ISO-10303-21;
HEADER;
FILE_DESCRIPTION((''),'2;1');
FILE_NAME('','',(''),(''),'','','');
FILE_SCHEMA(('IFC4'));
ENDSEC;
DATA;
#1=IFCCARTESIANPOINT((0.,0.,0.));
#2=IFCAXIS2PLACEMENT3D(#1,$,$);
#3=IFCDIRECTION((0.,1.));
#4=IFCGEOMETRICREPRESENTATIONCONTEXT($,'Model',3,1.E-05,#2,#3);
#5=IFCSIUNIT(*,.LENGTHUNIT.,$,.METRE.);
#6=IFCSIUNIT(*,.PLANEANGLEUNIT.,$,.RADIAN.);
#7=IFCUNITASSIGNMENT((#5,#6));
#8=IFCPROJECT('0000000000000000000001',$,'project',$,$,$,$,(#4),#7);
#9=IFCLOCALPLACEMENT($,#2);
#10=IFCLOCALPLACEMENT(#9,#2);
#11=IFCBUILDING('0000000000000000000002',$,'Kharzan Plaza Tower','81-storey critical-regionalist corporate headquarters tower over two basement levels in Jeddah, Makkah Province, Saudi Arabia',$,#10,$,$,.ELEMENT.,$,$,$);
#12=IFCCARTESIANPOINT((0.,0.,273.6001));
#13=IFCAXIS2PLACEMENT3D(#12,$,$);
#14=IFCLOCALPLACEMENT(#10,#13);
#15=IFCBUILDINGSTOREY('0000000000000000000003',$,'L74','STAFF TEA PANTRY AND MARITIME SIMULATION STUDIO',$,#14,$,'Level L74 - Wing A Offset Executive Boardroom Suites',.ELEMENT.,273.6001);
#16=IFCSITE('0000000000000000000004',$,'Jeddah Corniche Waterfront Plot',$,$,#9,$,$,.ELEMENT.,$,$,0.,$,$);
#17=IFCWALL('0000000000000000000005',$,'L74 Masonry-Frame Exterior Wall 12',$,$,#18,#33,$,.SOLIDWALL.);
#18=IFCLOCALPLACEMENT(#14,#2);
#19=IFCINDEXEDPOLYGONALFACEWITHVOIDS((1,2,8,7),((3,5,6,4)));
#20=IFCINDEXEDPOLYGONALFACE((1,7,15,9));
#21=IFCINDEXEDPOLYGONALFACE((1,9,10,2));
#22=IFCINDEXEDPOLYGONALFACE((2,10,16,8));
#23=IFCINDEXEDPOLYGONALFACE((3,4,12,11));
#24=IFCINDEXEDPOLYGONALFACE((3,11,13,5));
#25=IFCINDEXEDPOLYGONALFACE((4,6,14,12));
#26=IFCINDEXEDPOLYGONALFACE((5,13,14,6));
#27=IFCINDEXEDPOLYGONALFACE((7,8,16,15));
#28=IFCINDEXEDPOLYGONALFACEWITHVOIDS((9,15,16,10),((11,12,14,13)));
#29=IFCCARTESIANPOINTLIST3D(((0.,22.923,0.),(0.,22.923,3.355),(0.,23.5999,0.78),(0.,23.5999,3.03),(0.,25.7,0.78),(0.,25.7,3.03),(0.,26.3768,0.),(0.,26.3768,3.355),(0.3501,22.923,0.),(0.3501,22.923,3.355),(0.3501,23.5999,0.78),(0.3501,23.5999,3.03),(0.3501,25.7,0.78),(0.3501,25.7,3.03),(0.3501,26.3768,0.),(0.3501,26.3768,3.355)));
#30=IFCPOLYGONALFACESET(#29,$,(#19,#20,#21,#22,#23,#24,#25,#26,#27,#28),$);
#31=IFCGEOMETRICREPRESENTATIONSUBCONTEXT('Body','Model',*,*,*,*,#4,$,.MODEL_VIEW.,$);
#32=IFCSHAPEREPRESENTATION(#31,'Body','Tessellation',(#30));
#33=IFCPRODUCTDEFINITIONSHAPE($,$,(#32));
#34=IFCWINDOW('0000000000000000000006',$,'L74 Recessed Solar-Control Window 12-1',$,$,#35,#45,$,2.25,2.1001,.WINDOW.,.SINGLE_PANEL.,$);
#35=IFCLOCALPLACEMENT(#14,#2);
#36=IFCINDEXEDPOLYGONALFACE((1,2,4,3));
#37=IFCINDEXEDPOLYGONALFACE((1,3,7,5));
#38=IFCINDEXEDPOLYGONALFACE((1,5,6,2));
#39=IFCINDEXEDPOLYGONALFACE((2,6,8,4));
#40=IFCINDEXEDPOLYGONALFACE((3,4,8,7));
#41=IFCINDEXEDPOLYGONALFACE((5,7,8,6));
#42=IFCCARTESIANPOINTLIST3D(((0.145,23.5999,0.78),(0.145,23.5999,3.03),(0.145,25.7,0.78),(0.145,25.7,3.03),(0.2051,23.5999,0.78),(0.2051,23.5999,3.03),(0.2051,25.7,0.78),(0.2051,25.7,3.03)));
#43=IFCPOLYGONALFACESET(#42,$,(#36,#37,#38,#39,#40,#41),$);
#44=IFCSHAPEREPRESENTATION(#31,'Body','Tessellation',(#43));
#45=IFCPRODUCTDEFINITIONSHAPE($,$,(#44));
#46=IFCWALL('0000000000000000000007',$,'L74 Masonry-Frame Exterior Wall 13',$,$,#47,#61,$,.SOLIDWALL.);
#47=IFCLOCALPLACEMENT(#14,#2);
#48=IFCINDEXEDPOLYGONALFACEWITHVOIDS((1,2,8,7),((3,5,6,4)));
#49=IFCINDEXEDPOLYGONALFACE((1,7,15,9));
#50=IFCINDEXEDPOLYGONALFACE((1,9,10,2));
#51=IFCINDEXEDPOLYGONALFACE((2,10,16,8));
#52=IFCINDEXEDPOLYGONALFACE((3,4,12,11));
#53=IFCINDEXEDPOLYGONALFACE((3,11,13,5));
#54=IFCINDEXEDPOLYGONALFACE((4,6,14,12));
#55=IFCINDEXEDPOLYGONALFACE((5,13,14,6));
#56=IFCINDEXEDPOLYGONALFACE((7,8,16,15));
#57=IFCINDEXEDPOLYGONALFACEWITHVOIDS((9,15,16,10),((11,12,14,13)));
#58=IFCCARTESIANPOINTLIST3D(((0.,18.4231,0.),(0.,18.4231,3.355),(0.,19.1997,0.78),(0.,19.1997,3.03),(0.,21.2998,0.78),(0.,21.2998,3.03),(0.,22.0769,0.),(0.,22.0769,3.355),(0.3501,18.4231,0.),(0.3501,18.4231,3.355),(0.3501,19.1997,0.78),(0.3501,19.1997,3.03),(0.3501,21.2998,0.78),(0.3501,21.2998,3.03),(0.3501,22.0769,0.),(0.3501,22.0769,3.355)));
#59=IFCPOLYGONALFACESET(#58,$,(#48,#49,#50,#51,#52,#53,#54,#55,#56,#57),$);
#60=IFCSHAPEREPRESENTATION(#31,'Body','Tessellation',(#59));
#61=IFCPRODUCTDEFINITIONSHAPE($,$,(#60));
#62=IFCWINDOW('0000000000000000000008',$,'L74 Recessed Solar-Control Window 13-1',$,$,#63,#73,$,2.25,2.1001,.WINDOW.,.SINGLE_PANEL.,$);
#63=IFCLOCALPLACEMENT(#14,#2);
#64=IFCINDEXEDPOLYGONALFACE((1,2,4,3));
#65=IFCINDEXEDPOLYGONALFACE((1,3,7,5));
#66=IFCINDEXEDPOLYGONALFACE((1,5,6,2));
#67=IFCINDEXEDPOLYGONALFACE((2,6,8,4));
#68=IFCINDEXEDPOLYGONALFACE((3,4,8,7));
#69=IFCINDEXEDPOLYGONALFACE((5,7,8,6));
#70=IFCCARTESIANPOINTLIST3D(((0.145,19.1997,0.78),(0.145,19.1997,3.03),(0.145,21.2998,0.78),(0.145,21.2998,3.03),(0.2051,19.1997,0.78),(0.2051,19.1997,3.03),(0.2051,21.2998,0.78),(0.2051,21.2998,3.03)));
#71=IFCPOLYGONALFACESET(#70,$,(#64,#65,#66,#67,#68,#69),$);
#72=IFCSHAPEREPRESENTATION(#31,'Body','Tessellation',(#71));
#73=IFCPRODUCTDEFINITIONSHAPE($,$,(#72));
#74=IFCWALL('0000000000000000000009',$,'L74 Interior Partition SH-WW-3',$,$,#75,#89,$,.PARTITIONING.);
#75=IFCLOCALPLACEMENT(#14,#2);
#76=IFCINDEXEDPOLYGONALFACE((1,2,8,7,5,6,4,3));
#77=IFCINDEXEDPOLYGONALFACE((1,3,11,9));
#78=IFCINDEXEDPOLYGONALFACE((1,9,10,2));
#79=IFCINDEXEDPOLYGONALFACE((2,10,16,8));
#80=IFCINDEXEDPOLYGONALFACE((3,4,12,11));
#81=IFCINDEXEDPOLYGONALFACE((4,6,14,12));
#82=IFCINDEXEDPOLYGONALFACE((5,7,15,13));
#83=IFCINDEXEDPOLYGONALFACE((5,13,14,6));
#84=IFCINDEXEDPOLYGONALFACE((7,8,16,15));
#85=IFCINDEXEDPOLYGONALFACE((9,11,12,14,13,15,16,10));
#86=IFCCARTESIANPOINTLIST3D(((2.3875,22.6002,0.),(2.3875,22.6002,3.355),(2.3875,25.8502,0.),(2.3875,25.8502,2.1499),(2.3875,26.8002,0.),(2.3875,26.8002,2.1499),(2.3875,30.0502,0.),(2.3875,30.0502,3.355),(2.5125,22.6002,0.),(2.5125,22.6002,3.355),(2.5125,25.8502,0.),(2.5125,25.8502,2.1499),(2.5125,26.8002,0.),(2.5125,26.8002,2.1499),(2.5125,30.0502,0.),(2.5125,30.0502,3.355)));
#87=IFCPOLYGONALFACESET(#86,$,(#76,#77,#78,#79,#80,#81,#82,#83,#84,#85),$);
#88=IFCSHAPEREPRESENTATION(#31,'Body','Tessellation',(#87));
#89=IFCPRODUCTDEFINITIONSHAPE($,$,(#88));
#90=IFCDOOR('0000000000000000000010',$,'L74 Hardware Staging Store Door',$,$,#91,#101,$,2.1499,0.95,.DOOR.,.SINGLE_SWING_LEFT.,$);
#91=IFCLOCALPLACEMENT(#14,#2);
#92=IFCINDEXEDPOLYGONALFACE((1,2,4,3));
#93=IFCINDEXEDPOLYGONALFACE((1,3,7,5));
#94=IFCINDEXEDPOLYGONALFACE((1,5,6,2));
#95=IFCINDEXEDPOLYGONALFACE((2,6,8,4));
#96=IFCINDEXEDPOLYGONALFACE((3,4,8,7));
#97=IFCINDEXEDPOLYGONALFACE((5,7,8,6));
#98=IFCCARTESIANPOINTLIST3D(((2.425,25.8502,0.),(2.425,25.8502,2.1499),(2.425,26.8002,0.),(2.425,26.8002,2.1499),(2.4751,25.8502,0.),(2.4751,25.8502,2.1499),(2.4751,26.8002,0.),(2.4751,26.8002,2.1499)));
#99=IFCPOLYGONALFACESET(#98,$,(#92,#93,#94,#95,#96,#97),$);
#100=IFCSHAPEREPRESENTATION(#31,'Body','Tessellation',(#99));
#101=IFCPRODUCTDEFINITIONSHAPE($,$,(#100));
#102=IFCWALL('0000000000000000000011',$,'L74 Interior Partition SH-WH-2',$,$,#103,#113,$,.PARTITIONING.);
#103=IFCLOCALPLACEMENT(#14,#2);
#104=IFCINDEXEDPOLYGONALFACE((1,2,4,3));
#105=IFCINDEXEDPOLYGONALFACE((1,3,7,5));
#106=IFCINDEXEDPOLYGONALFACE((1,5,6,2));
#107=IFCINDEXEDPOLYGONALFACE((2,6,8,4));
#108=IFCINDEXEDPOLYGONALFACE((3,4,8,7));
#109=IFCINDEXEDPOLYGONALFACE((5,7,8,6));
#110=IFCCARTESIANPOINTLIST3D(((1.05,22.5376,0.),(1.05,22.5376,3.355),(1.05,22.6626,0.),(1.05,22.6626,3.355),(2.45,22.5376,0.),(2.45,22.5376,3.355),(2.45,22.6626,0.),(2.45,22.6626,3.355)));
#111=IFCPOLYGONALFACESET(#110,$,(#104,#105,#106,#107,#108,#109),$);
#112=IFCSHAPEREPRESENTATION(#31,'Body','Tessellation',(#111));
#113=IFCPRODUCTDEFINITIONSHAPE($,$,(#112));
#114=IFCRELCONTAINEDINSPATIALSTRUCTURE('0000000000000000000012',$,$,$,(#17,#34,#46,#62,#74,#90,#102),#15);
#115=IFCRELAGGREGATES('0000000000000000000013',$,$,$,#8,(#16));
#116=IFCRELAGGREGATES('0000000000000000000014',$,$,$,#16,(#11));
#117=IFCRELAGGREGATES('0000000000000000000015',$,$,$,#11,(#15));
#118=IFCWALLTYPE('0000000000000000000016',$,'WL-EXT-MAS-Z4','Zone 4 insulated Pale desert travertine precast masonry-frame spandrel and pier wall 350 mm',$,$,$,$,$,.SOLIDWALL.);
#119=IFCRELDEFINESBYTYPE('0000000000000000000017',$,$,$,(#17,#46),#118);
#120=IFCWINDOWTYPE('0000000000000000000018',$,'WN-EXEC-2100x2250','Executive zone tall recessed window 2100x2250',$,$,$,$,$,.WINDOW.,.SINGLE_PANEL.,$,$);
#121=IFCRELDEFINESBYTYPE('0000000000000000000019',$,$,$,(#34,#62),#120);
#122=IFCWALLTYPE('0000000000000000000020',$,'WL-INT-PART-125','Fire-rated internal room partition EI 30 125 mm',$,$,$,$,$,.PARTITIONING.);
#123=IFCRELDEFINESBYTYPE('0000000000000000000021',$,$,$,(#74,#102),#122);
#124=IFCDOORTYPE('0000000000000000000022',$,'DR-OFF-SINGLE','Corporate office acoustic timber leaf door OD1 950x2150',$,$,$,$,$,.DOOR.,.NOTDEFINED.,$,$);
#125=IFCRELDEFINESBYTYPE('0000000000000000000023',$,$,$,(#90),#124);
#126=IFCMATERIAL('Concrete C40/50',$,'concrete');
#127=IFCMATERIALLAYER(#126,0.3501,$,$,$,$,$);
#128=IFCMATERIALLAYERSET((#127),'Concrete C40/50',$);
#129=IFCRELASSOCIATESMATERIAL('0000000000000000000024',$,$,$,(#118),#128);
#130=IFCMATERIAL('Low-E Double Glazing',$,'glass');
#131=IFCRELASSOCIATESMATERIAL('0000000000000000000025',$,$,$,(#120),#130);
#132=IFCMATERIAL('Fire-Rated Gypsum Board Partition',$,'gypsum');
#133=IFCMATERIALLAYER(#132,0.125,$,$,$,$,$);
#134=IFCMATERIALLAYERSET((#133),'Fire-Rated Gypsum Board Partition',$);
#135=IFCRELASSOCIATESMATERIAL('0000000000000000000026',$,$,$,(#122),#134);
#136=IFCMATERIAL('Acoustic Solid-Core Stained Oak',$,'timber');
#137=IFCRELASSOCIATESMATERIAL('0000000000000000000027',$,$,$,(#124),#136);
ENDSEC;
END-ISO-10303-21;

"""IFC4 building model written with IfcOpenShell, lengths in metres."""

from ifc_helpers import new_model, si_unit, direction, frame, frame_2d, origin, place, context, subcontext, project, spatial, rectangle, extrude, source, transform, mapped, material, layer, layer_set, type_object, element, fill, save


model = new_model("IFC4")

# Units and contexts
model_context = context("Model", 3, precision=1e-05, world=origin(), true_north=direction((0.0, 1.0)))
body_context = subcontext(model_context, "Body", "Model", "MODEL_VIEW")
ifc_project = project(units=[si_unit("LENGTHUNIT", "METRE"), si_unit("PLANEANGLEUNIT", "RADIAN")], contexts=[model_context])

# Site, building, storey
site_placement = place(None, origin())
site = spatial("IfcSite", under=ifc_project, at=site_placement, Name="Jeddah Corniche Waterfront Plot", CompositionType="ELEMENT", RefElevation=0.0)
building_placement = place(site_placement, origin())
building = spatial("IfcBuilding", under=site, at=building_placement, Name="Kharzan Plaza Tower", Description="81-storey critical-regionalist corporate headquarters tower over two basement levels in Jeddah, Makkah Province, Saudi Arabia", CompositionType="ELEMENT")
storey_placement = place(building_placement, frame((0.0, 0.0, 273.6001)))
storey = spatial("IfcBuildingStorey", under=building, at=storey_placement, Name="L74", Description="STAFF TEA PANTRY AND MARITIME SIMULATION STUDIO", LongName="Level L74 - Wing A Offset Executive Boardroom Suites", CompositionType="ELEMENT", Elevation=273.6001)

# Walls, openings, windows
ifc_material_1 = material(Name="Concrete C40/50", Category="concrete")
ifc_layer_1 = layer(ifc_material_1, 0.3501)
ifc_layer_set_1 = layer_set([ifc_layer_1], Name="Concrete C40/50")
wall_type_1 = type_object("IfcWallType", Name="WL-EXT-MAS-Z4", Description="Zone 4 insulated Pale desert travertine precast masonry-frame spandrel and pier wall 350 mm", PredefinedType="SOLIDWALL", material=ifc_layer_set_1)
wall_1_placement = place(storey_placement, frame((0.175, 26.377, 0.0), z_axis=(0.0, 0.0, 1.0), x_axis=(0.0, -1.0, 0.0)))
wall_1 = element("IfcWall", 1, at=wall_1_placement, inside=storey, type_object=wall_type_1, Name="L74 Masonry-Frame Exterior Wall 12", PredefinedType="SOLIDWALL", context=body_context, shape_type="SweptSolid", body=[
    extrude(rectangle(XDim=3.4539, YDim=0.3501, at=frame_2d((1.7271, 0.0))), origin(), (0.0, 0.0, 1.0), 3.355),
])
opening_1_placement = place(wall_1_placement, frame((0.677, 0.0, 0.78)))
opening_1 = element("IfcOpeningElement", 2, at=opening_1_placement, cuts=wall_1, PredefinedType="OPENING", context=body_context, shape_type="SweptSolid", body=[
    extrude(rectangle(XDim=2.1001, YDim=2.25, at=frame_2d((1.05, 1.125))), frame((0.0, 0.1851, 0.0), z_axis=(0.0, -1.0, 0.0), x_axis=(1.0, 0.0, 0.0)), (0.0, 0.0, 1.0), 0.3701),
])
ifc_material_2 = material(Name="Low-E Double Glazing", Category="glass")
window_type = type_object("IfcWindowType", Name="WN-EXEC-2100x2250", Description="Executive zone tall recessed window 2100x2250", PartitioningType="SINGLE_PANEL", PredefinedType="WINDOW", material=ifc_material_2)
shared_shape_1 = source(origin(), body_context, "Body", "SweptSolid", [
    extrude(rectangle(XDim=2.1001, YDim=2.25, at=frame_2d((1.05, 1.125))), frame((0.0, 0.03, 0.0), z_axis=(0.0, -1.0, 0.0), x_axis=(1.0, 0.0, 0.0)), (0.0, 0.0, 1.0), 0.0601),
])
window_1_placement = place(opening_1_placement, origin())
window_1 = element("IfcWindow", 3, at=window_1_placement, inside=storey, type_object=window_type, Name="L74 Recessed Solar-Control Window 12-1", OverallHeight=2.25, OverallWidth=2.1001, PartitioningType="SINGLE_PANEL", PredefinedType="WINDOW", context=body_context, shape_type="MappedRepresentation", body=[
    mapped(shared_shape_1, transform((0.0, 0.0, 0.0), x_axis=(1.0, 0.0, 0.0), y_axis=(0.0, 1.0, 0.0), z_axis=(0.0, 0.0, 1.0))),
])
fill(opening_1, window_1)
wall_2_placement = place(storey_placement, frame((0.175, 22.0769, 0.0), z_axis=(0.0, 0.0, 1.0), x_axis=(0.0, -1.0, 0.0)))
wall_2 = element("IfcWall", 4, at=wall_2_placement, inside=storey, type_object=wall_type_1, Name="L74 Masonry-Frame Exterior Wall 13", PredefinedType="SOLIDWALL", context=body_context, shape_type="SweptSolid", body=[
    extrude(rectangle(XDim=3.6538, YDim=0.3501, at=frame_2d((1.8269, 0.0))), origin(), (0.0, 0.0, 1.0), 3.355),
])
opening_2_placement = place(wall_2_placement, frame((0.7771, 0.0, 0.78)))
opening_2 = element("IfcOpeningElement", 5, at=opening_2_placement, cuts=wall_2, PredefinedType="OPENING", context=body_context, shape_type="SweptSolid", body=[
    extrude(rectangle(XDim=2.1001, YDim=2.25, at=frame_2d((1.05, 1.125))), frame((0.0, 0.1851, 0.0), z_axis=(0.0, -1.0, 0.0), x_axis=(1.0, 0.0, 0.0)), (0.0, 0.0, 1.0), 0.3701),
])
window_2_placement = place(opening_2_placement, origin())
window_2 = element("IfcWindow", 6, at=window_2_placement, inside=storey, type_object=window_type, Name="L74 Recessed Solar-Control Window 13-1", OverallHeight=2.25, OverallWidth=2.1001, PartitioningType="SINGLE_PANEL", PredefinedType="WINDOW", context=body_context, shape_type="MappedRepresentation", body=[
    mapped(shared_shape_1, transform((0.0, 0.0, 0.0), x_axis=(1.0, 0.0, 0.0), y_axis=(0.0, 1.0, 0.0), z_axis=(0.0, 0.0, 1.0))),
])
fill(opening_2, window_2)

# Wall, opening, door
ifc_material_3 = material(Name="Fire-Rated Gypsum Board Partition", Category="gypsum")
ifc_layer_2 = layer(ifc_material_3, 0.125)
ifc_layer_set_2 = layer_set([ifc_layer_2], Name="Fire-Rated Gypsum Board Partition")
wall_type_2 = type_object("IfcWallType", Name="WL-INT-PART-125", Description="Fire-rated internal room partition EI 30 125 mm", PredefinedType="PARTITIONING", material=ifc_layer_set_2)
wall_3_placement = place(storey_placement, frame((2.45, 22.6001, 0.0), z_axis=(0.0, 0.0, 1.0), x_axis=(0.0, 1.0, 0.0)))
wall_3 = element("IfcWall", 7, at=wall_3_placement, inside=storey, type_object=wall_type_2, Name="L74 Interior Partition SH-WW-3", PredefinedType="PARTITIONING", context=body_context, shape_type="SweptSolid", body=[
    extrude(rectangle(XDim=7.45, YDim=0.125, at=frame_2d((3.7251, 0.0))), origin(), (0.0, 0.0, 1.0), 3.355),
])
opening_3_placement = place(wall_3_placement, frame((3.25, 0.0, 0.0)))
opening_3 = element("IfcOpeningElement", 8, at=opening_3_placement, cuts=wall_3, PredefinedType="OPENING", context=body_context, shape_type="SweptSolid", body=[
    extrude(rectangle(XDim=0.95, YDim=2.1499, at=frame_2d((0.4751, 1.075))), frame((0.0, 0.0725, 0.0), z_axis=(0.0, -1.0, 0.0), x_axis=(1.0, 0.0, 0.0)), (0.0, 0.0, 1.0), 0.145),
])
ifc_material_4 = material(Name="Acoustic Solid-Core Stained Oak", Category="timber")
door_type = type_object("IfcDoorType", Name="DR-OFF-SINGLE", Description="Corporate office acoustic timber leaf door OD1 950x2150", OperationType="NOTDEFINED", PredefinedType="DOOR", material=ifc_material_4)
shared_shape_2 = source(origin(), body_context, "Body", "SweptSolid", [
    extrude(rectangle(XDim=0.95, YDim=2.1499, at=frame_2d((0.4751, 1.075))), frame((0.0, 0.0249, 0.0), z_axis=(0.0, -1.0, 0.0), x_axis=(1.0, 0.0, 0.0)), (0.0, 0.0, 1.0), 0.05),
])
door_placement = place(opening_3_placement, origin())
door = element("IfcDoor", 9, at=door_placement, inside=storey, type_object=door_type, Name="L74 Hardware Staging Store Door", OperationType="SINGLE_SWING_LEFT", OverallHeight=2.1499, OverallWidth=0.95, PredefinedType="DOOR", context=body_context, shape_type="MappedRepresentation", body=[
    mapped(shared_shape_2, transform((0.0, 0.0, 0.0), x_axis=(1.0, 0.0, 0.0), y_axis=(0.0, 1.0, 0.0), z_axis=(0.0, 0.0, 1.0))),
])
fill(opening_3, door)

# Wall
shared_shape_3 = source(origin(), body_context, "Body", "SweptSolid", [
    extrude(rectangle(XDim=1.3999, YDim=0.125, at=frame_2d((0.7, 0.0))), origin(), (0.0, 0.0, 1.0), 3.355),
])
wall_4_placement = place(storey_placement, frame((1.05, 22.6001, 0.0), z_axis=(0.0, 0.0, 1.0), x_axis=(1.0, 0.0, 0.0)))
element("IfcWall", 10, at=wall_4_placement, inside=storey, type_object=wall_type_2, Name="L74 Interior Partition SH-WH-2", PredefinedType="PARTITIONING", context=body_context, shape_type="MappedRepresentation", body=[
    mapped(shared_shape_3, transform((0.0, 0.0, 0.0), x_axis=(1.0, 0.0, 0.0), y_axis=(0.0, 1.0, 0.0), z_axis=(0.0, 0.0, 1.0))),
])

save(model, "model.ifc")
